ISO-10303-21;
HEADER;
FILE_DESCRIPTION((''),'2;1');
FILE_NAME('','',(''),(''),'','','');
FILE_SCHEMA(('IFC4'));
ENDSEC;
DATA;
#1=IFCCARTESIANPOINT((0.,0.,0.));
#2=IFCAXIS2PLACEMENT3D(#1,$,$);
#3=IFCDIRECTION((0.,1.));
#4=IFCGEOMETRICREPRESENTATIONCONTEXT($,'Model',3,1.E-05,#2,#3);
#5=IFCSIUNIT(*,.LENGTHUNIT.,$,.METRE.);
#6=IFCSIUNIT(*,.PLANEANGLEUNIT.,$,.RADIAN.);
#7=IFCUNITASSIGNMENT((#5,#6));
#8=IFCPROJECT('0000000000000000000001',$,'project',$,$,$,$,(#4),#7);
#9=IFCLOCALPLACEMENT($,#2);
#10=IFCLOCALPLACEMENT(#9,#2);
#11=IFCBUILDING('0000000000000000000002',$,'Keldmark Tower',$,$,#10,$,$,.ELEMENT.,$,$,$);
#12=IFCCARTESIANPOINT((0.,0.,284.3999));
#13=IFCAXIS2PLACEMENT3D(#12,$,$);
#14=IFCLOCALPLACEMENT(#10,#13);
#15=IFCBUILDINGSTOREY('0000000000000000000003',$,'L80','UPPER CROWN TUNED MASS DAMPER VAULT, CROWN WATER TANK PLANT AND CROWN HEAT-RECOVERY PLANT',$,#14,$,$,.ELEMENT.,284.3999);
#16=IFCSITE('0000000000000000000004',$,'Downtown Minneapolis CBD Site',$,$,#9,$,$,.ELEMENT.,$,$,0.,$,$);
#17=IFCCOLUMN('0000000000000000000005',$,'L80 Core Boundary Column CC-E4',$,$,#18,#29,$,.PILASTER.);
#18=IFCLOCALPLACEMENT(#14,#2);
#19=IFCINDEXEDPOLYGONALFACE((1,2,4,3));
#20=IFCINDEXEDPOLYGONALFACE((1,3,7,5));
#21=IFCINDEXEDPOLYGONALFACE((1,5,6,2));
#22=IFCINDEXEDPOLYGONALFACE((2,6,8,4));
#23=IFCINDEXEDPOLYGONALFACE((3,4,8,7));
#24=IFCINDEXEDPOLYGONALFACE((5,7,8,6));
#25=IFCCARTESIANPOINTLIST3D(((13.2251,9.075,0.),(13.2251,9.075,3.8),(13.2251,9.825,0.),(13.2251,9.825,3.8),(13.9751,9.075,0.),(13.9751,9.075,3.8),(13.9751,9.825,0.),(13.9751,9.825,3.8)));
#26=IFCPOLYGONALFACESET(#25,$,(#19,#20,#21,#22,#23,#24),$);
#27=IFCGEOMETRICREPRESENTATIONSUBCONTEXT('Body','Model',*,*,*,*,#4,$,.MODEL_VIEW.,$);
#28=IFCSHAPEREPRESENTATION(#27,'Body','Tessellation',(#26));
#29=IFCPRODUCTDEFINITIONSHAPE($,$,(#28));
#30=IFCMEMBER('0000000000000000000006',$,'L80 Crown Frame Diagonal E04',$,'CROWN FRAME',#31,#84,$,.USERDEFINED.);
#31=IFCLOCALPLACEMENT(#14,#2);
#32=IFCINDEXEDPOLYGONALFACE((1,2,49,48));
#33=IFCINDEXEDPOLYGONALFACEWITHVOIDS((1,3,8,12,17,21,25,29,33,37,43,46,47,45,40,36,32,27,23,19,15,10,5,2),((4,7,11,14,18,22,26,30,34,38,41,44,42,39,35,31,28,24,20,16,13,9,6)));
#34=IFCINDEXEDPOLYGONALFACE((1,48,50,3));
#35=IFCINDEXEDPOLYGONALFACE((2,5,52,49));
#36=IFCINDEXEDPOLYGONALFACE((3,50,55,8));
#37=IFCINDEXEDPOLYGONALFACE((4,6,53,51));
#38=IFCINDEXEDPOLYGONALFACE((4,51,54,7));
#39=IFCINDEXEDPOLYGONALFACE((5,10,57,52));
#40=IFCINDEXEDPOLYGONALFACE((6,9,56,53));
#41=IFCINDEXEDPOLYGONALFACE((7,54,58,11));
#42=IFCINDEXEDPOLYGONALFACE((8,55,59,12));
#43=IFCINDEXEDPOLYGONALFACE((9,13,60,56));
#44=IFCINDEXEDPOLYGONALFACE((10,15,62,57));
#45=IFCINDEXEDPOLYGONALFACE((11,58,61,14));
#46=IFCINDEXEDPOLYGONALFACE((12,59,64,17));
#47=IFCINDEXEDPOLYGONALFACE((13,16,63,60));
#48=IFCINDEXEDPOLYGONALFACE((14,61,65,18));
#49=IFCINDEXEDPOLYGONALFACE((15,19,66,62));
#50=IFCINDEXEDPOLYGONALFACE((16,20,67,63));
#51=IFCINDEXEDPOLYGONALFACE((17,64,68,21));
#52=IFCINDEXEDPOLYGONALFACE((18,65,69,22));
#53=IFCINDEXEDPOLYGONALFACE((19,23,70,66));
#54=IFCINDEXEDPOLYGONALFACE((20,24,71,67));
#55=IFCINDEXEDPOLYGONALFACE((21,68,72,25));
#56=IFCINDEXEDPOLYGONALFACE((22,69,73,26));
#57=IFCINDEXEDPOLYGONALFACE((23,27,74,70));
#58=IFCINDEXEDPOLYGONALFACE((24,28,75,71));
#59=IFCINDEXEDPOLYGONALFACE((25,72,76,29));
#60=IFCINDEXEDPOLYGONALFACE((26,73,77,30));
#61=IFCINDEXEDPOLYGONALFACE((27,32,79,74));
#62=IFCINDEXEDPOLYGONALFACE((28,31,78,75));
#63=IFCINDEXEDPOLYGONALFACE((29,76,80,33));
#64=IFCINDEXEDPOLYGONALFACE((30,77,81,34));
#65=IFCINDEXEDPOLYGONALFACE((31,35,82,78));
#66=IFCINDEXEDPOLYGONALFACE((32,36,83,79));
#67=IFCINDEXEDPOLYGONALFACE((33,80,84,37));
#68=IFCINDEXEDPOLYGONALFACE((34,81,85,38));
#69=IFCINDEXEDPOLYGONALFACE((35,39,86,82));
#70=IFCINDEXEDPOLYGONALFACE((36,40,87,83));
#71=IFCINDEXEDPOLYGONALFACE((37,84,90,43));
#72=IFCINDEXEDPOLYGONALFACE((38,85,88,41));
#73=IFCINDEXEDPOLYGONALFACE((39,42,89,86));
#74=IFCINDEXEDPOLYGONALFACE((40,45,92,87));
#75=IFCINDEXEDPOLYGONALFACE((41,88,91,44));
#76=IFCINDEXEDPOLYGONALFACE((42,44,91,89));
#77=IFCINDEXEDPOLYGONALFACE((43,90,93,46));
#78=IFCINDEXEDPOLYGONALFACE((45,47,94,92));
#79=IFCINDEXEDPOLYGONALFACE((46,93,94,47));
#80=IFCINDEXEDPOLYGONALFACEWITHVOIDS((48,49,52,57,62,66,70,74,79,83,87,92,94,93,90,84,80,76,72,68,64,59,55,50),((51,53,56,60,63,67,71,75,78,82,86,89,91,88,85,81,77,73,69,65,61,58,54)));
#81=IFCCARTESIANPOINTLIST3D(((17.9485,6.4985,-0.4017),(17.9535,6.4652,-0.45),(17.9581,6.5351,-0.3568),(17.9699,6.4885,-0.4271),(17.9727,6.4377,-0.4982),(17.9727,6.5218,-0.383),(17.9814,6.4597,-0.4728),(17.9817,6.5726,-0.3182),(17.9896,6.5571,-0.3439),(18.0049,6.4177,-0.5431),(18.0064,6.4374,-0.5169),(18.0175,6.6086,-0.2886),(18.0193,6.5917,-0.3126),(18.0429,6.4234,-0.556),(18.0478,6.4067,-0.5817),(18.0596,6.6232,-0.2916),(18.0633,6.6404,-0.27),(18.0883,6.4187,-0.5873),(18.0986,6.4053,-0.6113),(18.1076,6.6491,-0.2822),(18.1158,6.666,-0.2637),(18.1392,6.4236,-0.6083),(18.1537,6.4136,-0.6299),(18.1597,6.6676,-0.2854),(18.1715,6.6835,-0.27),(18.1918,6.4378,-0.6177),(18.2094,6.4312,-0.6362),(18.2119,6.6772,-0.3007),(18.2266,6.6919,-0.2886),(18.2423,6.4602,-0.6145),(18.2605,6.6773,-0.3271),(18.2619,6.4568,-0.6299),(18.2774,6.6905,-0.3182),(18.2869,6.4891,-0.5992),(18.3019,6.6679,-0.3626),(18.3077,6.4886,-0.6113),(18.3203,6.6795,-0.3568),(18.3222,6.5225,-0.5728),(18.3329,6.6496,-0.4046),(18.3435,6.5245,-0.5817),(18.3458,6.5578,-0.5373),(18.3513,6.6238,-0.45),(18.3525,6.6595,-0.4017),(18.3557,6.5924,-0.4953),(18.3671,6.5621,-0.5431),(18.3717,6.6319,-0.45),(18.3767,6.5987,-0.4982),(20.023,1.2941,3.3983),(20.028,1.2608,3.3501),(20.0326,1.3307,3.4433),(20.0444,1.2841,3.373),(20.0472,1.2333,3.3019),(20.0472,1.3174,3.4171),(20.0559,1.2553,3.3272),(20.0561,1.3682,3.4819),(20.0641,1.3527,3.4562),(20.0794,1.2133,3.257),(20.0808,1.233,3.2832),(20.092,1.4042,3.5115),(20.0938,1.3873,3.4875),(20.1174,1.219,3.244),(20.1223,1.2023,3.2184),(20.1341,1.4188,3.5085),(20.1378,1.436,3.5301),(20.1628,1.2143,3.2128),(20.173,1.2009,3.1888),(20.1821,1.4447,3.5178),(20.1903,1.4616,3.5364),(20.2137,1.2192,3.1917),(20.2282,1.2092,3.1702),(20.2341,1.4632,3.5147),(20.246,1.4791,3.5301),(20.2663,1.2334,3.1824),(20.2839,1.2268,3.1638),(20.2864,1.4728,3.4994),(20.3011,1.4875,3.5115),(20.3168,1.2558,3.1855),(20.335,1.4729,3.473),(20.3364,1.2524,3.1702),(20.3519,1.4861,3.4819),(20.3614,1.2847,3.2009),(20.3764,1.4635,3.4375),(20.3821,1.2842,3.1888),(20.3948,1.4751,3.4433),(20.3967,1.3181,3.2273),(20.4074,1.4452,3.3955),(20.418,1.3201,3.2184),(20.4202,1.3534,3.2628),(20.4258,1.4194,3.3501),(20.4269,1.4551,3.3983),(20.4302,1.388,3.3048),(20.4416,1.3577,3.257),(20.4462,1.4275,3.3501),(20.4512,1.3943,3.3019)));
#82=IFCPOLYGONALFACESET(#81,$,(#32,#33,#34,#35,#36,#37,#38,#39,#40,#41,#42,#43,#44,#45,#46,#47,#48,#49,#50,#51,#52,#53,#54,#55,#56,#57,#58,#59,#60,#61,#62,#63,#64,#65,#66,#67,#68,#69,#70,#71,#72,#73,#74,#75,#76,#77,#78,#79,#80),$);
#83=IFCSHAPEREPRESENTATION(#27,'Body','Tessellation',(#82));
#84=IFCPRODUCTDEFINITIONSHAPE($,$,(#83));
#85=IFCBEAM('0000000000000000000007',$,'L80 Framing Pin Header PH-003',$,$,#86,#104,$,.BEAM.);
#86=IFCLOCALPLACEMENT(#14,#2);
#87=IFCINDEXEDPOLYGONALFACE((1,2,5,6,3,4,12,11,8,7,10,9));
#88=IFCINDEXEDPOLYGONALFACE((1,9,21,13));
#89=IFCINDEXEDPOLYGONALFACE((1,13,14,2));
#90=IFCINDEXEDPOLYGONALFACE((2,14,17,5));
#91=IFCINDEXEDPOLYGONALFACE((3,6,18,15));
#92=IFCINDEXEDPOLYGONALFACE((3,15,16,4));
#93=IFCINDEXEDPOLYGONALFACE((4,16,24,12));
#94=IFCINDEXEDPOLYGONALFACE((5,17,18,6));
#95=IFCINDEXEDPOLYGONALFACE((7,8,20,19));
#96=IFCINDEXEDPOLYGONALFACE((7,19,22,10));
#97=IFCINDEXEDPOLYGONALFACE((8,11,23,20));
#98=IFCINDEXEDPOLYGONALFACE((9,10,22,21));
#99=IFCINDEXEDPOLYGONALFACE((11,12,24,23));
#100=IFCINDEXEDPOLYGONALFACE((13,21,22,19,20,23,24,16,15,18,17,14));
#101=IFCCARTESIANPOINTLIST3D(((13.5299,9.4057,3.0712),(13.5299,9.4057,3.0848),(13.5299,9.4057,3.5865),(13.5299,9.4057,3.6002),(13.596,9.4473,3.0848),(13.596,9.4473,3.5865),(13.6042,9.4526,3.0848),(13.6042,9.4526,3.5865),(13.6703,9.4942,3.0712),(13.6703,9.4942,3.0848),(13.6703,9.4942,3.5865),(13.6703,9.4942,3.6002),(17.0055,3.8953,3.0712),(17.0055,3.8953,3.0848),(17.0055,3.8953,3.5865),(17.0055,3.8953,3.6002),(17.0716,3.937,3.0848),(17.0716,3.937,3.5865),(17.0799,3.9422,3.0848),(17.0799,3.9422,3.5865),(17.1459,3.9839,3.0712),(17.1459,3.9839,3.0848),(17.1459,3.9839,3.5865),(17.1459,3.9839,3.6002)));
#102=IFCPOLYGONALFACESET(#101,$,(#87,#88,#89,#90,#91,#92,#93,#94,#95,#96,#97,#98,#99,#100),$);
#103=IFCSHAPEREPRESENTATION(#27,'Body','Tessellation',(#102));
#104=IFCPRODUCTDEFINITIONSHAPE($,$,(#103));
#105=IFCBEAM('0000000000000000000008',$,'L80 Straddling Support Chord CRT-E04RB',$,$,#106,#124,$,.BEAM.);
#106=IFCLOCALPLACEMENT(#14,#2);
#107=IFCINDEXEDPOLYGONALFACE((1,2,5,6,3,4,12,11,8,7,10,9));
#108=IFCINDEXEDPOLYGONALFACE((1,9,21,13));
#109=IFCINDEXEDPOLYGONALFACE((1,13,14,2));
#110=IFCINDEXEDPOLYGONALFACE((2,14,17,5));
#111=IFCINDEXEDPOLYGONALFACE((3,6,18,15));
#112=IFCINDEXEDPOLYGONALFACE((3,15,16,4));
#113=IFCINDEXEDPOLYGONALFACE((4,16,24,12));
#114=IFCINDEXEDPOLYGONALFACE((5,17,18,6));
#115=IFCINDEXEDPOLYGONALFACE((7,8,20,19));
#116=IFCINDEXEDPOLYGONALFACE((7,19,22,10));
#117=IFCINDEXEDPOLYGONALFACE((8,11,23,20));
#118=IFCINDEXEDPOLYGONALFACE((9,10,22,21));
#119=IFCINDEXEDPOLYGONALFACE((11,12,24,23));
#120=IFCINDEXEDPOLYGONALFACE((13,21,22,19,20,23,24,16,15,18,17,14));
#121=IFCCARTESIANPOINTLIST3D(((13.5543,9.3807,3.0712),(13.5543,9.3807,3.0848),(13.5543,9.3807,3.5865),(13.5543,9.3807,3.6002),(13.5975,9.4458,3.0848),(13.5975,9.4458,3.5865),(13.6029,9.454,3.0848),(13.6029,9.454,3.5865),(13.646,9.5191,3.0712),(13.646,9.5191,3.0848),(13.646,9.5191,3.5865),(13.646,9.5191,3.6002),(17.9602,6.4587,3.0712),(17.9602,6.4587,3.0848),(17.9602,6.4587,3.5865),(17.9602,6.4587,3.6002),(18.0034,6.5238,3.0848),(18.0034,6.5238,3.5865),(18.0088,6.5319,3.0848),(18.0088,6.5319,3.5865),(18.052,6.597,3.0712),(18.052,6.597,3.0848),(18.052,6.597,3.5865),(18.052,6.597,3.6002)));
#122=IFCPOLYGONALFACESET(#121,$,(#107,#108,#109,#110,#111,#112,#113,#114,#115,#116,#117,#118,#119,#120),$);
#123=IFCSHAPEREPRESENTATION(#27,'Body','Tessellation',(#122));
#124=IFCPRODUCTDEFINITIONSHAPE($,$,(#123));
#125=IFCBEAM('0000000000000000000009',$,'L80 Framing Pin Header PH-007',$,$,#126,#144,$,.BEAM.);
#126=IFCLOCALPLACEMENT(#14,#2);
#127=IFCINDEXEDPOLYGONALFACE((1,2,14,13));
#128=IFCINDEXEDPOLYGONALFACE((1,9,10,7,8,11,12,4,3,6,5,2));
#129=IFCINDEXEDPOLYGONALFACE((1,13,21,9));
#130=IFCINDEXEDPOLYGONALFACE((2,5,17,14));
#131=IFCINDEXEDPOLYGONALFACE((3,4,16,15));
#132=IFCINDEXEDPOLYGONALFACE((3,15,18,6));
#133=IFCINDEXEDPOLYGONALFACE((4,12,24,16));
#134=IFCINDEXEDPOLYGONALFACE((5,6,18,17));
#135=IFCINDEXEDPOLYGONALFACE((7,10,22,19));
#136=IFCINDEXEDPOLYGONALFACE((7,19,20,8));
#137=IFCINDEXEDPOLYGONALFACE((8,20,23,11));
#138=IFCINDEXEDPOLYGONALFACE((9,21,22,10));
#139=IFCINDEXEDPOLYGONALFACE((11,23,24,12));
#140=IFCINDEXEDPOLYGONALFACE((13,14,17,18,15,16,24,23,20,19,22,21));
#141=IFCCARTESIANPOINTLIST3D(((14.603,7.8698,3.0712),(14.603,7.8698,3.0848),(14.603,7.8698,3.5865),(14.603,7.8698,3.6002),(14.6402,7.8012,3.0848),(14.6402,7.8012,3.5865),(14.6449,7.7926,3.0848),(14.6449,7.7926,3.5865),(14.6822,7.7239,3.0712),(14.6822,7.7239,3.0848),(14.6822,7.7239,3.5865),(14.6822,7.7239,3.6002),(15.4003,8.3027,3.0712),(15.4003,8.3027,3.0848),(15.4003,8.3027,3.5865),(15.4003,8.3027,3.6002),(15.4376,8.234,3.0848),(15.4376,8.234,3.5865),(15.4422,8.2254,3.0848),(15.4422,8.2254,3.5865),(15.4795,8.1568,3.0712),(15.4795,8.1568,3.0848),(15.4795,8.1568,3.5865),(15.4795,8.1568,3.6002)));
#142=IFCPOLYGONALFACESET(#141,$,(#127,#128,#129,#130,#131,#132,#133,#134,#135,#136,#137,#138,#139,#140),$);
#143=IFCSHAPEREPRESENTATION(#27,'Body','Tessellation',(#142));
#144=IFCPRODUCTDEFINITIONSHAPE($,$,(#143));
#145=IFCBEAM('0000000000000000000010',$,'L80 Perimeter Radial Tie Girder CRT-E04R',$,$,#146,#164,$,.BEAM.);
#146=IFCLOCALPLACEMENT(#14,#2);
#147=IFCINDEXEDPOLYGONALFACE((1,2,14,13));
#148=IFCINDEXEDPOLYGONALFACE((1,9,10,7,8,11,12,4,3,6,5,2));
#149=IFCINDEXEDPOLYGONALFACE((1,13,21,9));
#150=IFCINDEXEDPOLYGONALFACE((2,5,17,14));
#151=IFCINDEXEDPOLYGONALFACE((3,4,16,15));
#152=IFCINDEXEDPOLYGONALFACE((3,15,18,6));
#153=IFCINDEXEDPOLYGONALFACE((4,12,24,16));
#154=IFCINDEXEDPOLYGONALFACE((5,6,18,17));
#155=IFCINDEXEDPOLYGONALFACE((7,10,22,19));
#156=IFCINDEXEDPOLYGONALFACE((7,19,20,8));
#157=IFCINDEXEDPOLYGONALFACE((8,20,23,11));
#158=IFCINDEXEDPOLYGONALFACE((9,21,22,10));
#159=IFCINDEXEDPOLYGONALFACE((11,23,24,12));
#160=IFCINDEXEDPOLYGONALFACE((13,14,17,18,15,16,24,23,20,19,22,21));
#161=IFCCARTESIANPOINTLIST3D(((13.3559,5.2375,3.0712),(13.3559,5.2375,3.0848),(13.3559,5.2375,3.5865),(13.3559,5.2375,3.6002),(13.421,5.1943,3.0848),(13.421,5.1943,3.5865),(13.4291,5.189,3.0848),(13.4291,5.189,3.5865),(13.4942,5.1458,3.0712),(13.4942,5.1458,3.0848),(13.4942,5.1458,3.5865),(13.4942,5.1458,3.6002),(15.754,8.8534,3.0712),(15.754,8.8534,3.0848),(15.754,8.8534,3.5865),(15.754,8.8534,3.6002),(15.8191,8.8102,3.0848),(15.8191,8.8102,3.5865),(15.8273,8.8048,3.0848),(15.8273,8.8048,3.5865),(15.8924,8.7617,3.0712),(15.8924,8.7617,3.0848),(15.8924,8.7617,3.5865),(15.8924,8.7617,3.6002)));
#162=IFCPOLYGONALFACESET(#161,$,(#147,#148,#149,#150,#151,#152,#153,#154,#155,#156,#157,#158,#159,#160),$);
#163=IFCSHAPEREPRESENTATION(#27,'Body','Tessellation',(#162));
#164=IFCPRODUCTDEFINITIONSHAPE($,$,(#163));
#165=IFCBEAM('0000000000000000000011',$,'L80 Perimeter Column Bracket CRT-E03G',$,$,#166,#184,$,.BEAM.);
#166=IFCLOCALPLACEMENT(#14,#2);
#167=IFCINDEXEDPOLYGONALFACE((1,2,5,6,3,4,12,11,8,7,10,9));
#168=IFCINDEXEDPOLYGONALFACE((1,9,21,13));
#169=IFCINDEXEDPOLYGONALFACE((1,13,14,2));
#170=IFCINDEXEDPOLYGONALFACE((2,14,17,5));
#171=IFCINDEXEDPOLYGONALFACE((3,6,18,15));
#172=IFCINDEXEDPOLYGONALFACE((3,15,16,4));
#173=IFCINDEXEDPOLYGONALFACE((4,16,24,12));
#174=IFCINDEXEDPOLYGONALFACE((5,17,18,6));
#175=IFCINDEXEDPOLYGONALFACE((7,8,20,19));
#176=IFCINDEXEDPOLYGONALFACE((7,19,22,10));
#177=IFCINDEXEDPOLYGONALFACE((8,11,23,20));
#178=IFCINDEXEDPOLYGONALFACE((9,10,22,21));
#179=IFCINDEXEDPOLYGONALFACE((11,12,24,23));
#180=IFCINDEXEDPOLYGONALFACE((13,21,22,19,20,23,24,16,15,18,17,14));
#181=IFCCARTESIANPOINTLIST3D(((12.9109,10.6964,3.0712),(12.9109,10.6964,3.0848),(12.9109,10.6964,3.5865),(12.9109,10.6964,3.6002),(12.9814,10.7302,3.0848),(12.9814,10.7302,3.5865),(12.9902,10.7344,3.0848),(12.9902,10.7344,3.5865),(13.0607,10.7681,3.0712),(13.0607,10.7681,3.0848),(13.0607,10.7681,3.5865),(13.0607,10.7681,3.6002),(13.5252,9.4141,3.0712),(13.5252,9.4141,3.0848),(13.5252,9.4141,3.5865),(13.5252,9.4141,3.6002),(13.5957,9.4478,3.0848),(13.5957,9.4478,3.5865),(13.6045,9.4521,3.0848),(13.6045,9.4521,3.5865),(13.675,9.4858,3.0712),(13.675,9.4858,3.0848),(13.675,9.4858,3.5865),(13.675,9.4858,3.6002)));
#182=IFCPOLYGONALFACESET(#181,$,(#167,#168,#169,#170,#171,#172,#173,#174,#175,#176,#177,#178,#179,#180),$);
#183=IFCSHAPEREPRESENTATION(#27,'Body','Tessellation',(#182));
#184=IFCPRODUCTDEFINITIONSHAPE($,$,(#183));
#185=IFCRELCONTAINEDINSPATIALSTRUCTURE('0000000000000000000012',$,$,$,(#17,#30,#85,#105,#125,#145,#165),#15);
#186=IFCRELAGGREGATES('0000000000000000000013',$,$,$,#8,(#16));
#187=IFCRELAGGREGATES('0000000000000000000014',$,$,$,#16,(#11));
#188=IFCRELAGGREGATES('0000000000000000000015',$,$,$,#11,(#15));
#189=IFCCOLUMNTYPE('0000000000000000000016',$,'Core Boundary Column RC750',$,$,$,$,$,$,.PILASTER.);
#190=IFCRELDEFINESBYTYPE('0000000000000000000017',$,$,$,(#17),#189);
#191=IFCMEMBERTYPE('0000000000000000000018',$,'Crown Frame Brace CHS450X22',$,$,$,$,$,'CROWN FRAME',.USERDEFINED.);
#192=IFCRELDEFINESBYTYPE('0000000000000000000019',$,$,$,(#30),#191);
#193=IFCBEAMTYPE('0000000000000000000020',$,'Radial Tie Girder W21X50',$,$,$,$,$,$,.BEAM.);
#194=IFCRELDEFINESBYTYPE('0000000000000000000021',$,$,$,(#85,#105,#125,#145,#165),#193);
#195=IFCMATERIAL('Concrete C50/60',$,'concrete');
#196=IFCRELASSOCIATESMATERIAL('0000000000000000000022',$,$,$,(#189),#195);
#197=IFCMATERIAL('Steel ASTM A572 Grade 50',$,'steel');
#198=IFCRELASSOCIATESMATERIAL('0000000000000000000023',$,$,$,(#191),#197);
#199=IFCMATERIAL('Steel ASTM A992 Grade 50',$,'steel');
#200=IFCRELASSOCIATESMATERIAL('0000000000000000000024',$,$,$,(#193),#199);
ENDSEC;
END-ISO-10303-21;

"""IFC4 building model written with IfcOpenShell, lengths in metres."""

from ifc_helpers import new_model, si_unit, direction, frame, origin, origin_2d, place, context, subcontext, project, spatial, rectangle, hollow_circle, i_section, extrude, material, material_profile, profile_set, type_object, element, save


model = new_model("IFC4")

# Units and contexts
model_context = context("Model", 3, precision=1e-05, world=origin(), true_north=direction((0.0, 1.0)))
body_context = subcontext(model_context, "Body", "Model", "MODEL_VIEW")
ifc_project = project(units=[si_unit("LENGTHUNIT", "METRE"), si_unit("PLANEANGLEUNIT", "RADIAN")], contexts=[model_context])

# Site, building, storey
site_placement = place(None, origin())
site = spatial("IfcSite", under=ifc_project, at=site_placement, Name="Downtown Minneapolis CBD Site", CompositionType="ELEMENT", RefElevation=0.0)
building_placement = place(site_placement, origin())
building = spatial("IfcBuilding", under=site, at=building_placement, Name="Keldmark Tower", CompositionType="ELEMENT")
storey_placement = place(building_placement, frame((0.0, 0.0, 284.3999)))
storey = spatial("IfcBuildingStorey", under=building, at=storey_placement, Name="L80", Description="UPPER CROWN TUNED MASS DAMPER VAULT, CROWN WATER TANK PLANT AND CROWN HEAT-RECOVERY PLANT", CompositionType="ELEMENT", Elevation=284.3999)

# Column
ifc_material_1 = material(Name="Concrete C50/60", Category="concrete")
ifc_material_profile_1 = material_profile(ifc_material_1, rectangle(XDim=0.75, YDim=0.75, at=origin_2d()), Name="RC750X750")
ifc_profile_set_1 = profile_set([ifc_material_profile_1], Name="Concrete C50/60")
column_type = type_object("IfcColumnType", Name="Core Boundary Column RC750", PredefinedType="PILASTER", material=ifc_profile_set_1)
column_placement = place(storey_placement, frame((13.6001, 9.45, 0.0), z_axis=(0.0, 0.0, 1.0), x_axis=(1.0, 0.0, 0.0)))
element("IfcColumn", 1, at=column_placement, inside=storey, type_object=column_type, Name="L80 Core Boundary Column CC-E4", PredefinedType="PILASTER", context=body_context, shape_type="SweptSolid", body=[
    extrude(rectangle(XDim=0.75, YDim=0.75, at=origin_2d()), origin(), (0.0, 0.0, 1.0), 3.8),
])

# Member
ifc_material_2 = material(Name="Steel ASTM A572 Grade 50", Category="steel")
ifc_material_profile_2 = material_profile(ifc_material_2, hollow_circle(Radius=0.2251, WallThickness=0.022, at=origin_2d()), Name="CHS450X22")
ifc_profile_set_2 = profile_set([ifc_material_profile_2], Name="Steel ASTM A572 Grade 50")
member_type = type_object("IfcMemberType", Name="Crown Frame Brace CHS450X22", ElementType="CROWN FRAME", PredefinedType="USERDEFINED", material=ifc_profile_set_2)
member_placement = place(storey_placement, frame((18.1626, 6.5486, -0.45), z_axis=(0.306433, -0.768769, 0.561331), x_axis=(0.928924, 0.370271, 0.0)))
element("IfcMember", 2, at=member_placement, inside=storey, type_object=member_type, Name="L80 Crown Frame Diagonal E04", ObjectType="CROWN FRAME", PredefinedType="USERDEFINED", context=body_context, shape_type="SweptSolid", body=[
    extrude(hollow_circle(Radius=0.2251, WallThickness=0.022, at=origin_2d()), origin(), (0.0, 0.0, 1.0), 6.7698),
])

# Beams
ifc_material_3 = material(Name="Steel ASTM A992 Grade 50", Category="steel")
ifc_material_profile_3 = material_profile(ifc_material_3, i_section(OverallWidth=0.166, OverallDepth=0.5291, WebThickness=0.0098, FlangeThickness=0.0137, at=origin_2d()), Name="W21X50")
ifc_profile_set_3 = profile_set([ifc_material_profile_3], Name="Steel ASTM A992 Grade 50")
beam_type_1 = type_object("IfcBeamType", Name="Radial Tie Girder W21X50", PredefinedType="BEAM", material=ifc_profile_set_3)
beam_1_placement = place(storey_placement, frame((13.6001, 9.45, 3.3357), z_axis=(0.533491, -0.845806, 0.0), x_axis=(0.845806, 0.533491, 0.0)))
element("IfcBeam", 3, at=beam_1_placement, inside=storey, type_object=beam_type_1, Name="L80 Framing Pin Header PH-003", PredefinedType="BEAM", context=body_context, shape_type="SweptSolid", body=[
    extrude(i_section(OverallWidth=0.166, OverallDepth=0.5291, WebThickness=0.0098, FlangeThickness=0.0137, at=origin_2d()), origin(), (0.0, 0.0, 1.0), 6.5149),
])
beam_2_placement = place(storey_placement, frame((18.0061, 6.5278, 3.3357), z_axis=(-0.833376, 0.552706, 0.0), x_axis=(-0.552706, -0.833376, 0.0)))
element("IfcBeam", 4, at=beam_2_placement, inside=storey, type_object=beam_type_1, Name="L80 Straddling Support Chord CRT-E04RB", PredefinedType="BEAM", context=body_context, shape_type="SweptSolid", body=[
    extrude(i_section(OverallWidth=0.166, OverallDepth=0.5291, WebThickness=0.0098, FlangeThickness=0.0137, at=origin_2d()), origin(), (0.0, 0.0, 1.0), 5.2869),
])
beam_3_placement = place(storey_placement, frame((14.6426, 7.7969, 3.3357), z_axis=(0.87885, 0.477098, 0.0), x_axis=(-0.477098, 0.87885, 0.0)))
element("IfcBeam", 5, at=beam_3_placement, inside=storey, type_object=beam_type_1, Name="L80 Framing Pin Header PH-007", PredefinedType="BEAM", context=body_context, shape_type="SweptSolid", body=[
    extrude(i_section(OverallWidth=0.166, OverallDepth=0.5291, WebThickness=0.0098, FlangeThickness=0.0137, at=origin_2d()), origin(), (0.0, 0.0, 1.0), 0.9072),
])
beam_4_placement = place(storey_placement, frame((13.425, 5.1917, 3.3357), z_axis=(0.552712, 0.833372, 0.0), x_axis=(-0.833372, 0.552712, 0.0)))
element("IfcBeam", 6, at=beam_4_placement, inside=storey, type_object=beam_type_1, Name="L80 Perimeter Radial Tie Girder CRT-E04R", PredefinedType="BEAM", context=body_context, shape_type="SweptSolid", body=[
    extrude(i_section(OverallWidth=0.166, OverallDepth=0.5291, WebThickness=0.0098, FlangeThickness=0.0137, at=origin_2d()), origin(), (0.0, 0.0, 1.0), 4.3389),
])
beam_5_placement = place(storey_placement, frame((13.6001, 9.45, 3.3357), z_axis=(-0.432039, 0.901855, 0.0), x_axis=(-0.901855, -0.432039, 0.0)))
element("IfcBeam", 7, at=beam_5_placement, inside=storey, type_object=beam_type_1, Name="L80 Perimeter Column Bracket CRT-E03G", PredefinedType="BEAM", context=body_context, shape_type="SweptSolid", body=[
    extrude(i_section(OverallWidth=0.166, OverallDepth=0.5291, WebThickness=0.0098, FlangeThickness=0.0137, at=origin_2d()), origin(), (0.0, 0.0, 1.0), 1.4219),
])

save(model, "model.ifc")
